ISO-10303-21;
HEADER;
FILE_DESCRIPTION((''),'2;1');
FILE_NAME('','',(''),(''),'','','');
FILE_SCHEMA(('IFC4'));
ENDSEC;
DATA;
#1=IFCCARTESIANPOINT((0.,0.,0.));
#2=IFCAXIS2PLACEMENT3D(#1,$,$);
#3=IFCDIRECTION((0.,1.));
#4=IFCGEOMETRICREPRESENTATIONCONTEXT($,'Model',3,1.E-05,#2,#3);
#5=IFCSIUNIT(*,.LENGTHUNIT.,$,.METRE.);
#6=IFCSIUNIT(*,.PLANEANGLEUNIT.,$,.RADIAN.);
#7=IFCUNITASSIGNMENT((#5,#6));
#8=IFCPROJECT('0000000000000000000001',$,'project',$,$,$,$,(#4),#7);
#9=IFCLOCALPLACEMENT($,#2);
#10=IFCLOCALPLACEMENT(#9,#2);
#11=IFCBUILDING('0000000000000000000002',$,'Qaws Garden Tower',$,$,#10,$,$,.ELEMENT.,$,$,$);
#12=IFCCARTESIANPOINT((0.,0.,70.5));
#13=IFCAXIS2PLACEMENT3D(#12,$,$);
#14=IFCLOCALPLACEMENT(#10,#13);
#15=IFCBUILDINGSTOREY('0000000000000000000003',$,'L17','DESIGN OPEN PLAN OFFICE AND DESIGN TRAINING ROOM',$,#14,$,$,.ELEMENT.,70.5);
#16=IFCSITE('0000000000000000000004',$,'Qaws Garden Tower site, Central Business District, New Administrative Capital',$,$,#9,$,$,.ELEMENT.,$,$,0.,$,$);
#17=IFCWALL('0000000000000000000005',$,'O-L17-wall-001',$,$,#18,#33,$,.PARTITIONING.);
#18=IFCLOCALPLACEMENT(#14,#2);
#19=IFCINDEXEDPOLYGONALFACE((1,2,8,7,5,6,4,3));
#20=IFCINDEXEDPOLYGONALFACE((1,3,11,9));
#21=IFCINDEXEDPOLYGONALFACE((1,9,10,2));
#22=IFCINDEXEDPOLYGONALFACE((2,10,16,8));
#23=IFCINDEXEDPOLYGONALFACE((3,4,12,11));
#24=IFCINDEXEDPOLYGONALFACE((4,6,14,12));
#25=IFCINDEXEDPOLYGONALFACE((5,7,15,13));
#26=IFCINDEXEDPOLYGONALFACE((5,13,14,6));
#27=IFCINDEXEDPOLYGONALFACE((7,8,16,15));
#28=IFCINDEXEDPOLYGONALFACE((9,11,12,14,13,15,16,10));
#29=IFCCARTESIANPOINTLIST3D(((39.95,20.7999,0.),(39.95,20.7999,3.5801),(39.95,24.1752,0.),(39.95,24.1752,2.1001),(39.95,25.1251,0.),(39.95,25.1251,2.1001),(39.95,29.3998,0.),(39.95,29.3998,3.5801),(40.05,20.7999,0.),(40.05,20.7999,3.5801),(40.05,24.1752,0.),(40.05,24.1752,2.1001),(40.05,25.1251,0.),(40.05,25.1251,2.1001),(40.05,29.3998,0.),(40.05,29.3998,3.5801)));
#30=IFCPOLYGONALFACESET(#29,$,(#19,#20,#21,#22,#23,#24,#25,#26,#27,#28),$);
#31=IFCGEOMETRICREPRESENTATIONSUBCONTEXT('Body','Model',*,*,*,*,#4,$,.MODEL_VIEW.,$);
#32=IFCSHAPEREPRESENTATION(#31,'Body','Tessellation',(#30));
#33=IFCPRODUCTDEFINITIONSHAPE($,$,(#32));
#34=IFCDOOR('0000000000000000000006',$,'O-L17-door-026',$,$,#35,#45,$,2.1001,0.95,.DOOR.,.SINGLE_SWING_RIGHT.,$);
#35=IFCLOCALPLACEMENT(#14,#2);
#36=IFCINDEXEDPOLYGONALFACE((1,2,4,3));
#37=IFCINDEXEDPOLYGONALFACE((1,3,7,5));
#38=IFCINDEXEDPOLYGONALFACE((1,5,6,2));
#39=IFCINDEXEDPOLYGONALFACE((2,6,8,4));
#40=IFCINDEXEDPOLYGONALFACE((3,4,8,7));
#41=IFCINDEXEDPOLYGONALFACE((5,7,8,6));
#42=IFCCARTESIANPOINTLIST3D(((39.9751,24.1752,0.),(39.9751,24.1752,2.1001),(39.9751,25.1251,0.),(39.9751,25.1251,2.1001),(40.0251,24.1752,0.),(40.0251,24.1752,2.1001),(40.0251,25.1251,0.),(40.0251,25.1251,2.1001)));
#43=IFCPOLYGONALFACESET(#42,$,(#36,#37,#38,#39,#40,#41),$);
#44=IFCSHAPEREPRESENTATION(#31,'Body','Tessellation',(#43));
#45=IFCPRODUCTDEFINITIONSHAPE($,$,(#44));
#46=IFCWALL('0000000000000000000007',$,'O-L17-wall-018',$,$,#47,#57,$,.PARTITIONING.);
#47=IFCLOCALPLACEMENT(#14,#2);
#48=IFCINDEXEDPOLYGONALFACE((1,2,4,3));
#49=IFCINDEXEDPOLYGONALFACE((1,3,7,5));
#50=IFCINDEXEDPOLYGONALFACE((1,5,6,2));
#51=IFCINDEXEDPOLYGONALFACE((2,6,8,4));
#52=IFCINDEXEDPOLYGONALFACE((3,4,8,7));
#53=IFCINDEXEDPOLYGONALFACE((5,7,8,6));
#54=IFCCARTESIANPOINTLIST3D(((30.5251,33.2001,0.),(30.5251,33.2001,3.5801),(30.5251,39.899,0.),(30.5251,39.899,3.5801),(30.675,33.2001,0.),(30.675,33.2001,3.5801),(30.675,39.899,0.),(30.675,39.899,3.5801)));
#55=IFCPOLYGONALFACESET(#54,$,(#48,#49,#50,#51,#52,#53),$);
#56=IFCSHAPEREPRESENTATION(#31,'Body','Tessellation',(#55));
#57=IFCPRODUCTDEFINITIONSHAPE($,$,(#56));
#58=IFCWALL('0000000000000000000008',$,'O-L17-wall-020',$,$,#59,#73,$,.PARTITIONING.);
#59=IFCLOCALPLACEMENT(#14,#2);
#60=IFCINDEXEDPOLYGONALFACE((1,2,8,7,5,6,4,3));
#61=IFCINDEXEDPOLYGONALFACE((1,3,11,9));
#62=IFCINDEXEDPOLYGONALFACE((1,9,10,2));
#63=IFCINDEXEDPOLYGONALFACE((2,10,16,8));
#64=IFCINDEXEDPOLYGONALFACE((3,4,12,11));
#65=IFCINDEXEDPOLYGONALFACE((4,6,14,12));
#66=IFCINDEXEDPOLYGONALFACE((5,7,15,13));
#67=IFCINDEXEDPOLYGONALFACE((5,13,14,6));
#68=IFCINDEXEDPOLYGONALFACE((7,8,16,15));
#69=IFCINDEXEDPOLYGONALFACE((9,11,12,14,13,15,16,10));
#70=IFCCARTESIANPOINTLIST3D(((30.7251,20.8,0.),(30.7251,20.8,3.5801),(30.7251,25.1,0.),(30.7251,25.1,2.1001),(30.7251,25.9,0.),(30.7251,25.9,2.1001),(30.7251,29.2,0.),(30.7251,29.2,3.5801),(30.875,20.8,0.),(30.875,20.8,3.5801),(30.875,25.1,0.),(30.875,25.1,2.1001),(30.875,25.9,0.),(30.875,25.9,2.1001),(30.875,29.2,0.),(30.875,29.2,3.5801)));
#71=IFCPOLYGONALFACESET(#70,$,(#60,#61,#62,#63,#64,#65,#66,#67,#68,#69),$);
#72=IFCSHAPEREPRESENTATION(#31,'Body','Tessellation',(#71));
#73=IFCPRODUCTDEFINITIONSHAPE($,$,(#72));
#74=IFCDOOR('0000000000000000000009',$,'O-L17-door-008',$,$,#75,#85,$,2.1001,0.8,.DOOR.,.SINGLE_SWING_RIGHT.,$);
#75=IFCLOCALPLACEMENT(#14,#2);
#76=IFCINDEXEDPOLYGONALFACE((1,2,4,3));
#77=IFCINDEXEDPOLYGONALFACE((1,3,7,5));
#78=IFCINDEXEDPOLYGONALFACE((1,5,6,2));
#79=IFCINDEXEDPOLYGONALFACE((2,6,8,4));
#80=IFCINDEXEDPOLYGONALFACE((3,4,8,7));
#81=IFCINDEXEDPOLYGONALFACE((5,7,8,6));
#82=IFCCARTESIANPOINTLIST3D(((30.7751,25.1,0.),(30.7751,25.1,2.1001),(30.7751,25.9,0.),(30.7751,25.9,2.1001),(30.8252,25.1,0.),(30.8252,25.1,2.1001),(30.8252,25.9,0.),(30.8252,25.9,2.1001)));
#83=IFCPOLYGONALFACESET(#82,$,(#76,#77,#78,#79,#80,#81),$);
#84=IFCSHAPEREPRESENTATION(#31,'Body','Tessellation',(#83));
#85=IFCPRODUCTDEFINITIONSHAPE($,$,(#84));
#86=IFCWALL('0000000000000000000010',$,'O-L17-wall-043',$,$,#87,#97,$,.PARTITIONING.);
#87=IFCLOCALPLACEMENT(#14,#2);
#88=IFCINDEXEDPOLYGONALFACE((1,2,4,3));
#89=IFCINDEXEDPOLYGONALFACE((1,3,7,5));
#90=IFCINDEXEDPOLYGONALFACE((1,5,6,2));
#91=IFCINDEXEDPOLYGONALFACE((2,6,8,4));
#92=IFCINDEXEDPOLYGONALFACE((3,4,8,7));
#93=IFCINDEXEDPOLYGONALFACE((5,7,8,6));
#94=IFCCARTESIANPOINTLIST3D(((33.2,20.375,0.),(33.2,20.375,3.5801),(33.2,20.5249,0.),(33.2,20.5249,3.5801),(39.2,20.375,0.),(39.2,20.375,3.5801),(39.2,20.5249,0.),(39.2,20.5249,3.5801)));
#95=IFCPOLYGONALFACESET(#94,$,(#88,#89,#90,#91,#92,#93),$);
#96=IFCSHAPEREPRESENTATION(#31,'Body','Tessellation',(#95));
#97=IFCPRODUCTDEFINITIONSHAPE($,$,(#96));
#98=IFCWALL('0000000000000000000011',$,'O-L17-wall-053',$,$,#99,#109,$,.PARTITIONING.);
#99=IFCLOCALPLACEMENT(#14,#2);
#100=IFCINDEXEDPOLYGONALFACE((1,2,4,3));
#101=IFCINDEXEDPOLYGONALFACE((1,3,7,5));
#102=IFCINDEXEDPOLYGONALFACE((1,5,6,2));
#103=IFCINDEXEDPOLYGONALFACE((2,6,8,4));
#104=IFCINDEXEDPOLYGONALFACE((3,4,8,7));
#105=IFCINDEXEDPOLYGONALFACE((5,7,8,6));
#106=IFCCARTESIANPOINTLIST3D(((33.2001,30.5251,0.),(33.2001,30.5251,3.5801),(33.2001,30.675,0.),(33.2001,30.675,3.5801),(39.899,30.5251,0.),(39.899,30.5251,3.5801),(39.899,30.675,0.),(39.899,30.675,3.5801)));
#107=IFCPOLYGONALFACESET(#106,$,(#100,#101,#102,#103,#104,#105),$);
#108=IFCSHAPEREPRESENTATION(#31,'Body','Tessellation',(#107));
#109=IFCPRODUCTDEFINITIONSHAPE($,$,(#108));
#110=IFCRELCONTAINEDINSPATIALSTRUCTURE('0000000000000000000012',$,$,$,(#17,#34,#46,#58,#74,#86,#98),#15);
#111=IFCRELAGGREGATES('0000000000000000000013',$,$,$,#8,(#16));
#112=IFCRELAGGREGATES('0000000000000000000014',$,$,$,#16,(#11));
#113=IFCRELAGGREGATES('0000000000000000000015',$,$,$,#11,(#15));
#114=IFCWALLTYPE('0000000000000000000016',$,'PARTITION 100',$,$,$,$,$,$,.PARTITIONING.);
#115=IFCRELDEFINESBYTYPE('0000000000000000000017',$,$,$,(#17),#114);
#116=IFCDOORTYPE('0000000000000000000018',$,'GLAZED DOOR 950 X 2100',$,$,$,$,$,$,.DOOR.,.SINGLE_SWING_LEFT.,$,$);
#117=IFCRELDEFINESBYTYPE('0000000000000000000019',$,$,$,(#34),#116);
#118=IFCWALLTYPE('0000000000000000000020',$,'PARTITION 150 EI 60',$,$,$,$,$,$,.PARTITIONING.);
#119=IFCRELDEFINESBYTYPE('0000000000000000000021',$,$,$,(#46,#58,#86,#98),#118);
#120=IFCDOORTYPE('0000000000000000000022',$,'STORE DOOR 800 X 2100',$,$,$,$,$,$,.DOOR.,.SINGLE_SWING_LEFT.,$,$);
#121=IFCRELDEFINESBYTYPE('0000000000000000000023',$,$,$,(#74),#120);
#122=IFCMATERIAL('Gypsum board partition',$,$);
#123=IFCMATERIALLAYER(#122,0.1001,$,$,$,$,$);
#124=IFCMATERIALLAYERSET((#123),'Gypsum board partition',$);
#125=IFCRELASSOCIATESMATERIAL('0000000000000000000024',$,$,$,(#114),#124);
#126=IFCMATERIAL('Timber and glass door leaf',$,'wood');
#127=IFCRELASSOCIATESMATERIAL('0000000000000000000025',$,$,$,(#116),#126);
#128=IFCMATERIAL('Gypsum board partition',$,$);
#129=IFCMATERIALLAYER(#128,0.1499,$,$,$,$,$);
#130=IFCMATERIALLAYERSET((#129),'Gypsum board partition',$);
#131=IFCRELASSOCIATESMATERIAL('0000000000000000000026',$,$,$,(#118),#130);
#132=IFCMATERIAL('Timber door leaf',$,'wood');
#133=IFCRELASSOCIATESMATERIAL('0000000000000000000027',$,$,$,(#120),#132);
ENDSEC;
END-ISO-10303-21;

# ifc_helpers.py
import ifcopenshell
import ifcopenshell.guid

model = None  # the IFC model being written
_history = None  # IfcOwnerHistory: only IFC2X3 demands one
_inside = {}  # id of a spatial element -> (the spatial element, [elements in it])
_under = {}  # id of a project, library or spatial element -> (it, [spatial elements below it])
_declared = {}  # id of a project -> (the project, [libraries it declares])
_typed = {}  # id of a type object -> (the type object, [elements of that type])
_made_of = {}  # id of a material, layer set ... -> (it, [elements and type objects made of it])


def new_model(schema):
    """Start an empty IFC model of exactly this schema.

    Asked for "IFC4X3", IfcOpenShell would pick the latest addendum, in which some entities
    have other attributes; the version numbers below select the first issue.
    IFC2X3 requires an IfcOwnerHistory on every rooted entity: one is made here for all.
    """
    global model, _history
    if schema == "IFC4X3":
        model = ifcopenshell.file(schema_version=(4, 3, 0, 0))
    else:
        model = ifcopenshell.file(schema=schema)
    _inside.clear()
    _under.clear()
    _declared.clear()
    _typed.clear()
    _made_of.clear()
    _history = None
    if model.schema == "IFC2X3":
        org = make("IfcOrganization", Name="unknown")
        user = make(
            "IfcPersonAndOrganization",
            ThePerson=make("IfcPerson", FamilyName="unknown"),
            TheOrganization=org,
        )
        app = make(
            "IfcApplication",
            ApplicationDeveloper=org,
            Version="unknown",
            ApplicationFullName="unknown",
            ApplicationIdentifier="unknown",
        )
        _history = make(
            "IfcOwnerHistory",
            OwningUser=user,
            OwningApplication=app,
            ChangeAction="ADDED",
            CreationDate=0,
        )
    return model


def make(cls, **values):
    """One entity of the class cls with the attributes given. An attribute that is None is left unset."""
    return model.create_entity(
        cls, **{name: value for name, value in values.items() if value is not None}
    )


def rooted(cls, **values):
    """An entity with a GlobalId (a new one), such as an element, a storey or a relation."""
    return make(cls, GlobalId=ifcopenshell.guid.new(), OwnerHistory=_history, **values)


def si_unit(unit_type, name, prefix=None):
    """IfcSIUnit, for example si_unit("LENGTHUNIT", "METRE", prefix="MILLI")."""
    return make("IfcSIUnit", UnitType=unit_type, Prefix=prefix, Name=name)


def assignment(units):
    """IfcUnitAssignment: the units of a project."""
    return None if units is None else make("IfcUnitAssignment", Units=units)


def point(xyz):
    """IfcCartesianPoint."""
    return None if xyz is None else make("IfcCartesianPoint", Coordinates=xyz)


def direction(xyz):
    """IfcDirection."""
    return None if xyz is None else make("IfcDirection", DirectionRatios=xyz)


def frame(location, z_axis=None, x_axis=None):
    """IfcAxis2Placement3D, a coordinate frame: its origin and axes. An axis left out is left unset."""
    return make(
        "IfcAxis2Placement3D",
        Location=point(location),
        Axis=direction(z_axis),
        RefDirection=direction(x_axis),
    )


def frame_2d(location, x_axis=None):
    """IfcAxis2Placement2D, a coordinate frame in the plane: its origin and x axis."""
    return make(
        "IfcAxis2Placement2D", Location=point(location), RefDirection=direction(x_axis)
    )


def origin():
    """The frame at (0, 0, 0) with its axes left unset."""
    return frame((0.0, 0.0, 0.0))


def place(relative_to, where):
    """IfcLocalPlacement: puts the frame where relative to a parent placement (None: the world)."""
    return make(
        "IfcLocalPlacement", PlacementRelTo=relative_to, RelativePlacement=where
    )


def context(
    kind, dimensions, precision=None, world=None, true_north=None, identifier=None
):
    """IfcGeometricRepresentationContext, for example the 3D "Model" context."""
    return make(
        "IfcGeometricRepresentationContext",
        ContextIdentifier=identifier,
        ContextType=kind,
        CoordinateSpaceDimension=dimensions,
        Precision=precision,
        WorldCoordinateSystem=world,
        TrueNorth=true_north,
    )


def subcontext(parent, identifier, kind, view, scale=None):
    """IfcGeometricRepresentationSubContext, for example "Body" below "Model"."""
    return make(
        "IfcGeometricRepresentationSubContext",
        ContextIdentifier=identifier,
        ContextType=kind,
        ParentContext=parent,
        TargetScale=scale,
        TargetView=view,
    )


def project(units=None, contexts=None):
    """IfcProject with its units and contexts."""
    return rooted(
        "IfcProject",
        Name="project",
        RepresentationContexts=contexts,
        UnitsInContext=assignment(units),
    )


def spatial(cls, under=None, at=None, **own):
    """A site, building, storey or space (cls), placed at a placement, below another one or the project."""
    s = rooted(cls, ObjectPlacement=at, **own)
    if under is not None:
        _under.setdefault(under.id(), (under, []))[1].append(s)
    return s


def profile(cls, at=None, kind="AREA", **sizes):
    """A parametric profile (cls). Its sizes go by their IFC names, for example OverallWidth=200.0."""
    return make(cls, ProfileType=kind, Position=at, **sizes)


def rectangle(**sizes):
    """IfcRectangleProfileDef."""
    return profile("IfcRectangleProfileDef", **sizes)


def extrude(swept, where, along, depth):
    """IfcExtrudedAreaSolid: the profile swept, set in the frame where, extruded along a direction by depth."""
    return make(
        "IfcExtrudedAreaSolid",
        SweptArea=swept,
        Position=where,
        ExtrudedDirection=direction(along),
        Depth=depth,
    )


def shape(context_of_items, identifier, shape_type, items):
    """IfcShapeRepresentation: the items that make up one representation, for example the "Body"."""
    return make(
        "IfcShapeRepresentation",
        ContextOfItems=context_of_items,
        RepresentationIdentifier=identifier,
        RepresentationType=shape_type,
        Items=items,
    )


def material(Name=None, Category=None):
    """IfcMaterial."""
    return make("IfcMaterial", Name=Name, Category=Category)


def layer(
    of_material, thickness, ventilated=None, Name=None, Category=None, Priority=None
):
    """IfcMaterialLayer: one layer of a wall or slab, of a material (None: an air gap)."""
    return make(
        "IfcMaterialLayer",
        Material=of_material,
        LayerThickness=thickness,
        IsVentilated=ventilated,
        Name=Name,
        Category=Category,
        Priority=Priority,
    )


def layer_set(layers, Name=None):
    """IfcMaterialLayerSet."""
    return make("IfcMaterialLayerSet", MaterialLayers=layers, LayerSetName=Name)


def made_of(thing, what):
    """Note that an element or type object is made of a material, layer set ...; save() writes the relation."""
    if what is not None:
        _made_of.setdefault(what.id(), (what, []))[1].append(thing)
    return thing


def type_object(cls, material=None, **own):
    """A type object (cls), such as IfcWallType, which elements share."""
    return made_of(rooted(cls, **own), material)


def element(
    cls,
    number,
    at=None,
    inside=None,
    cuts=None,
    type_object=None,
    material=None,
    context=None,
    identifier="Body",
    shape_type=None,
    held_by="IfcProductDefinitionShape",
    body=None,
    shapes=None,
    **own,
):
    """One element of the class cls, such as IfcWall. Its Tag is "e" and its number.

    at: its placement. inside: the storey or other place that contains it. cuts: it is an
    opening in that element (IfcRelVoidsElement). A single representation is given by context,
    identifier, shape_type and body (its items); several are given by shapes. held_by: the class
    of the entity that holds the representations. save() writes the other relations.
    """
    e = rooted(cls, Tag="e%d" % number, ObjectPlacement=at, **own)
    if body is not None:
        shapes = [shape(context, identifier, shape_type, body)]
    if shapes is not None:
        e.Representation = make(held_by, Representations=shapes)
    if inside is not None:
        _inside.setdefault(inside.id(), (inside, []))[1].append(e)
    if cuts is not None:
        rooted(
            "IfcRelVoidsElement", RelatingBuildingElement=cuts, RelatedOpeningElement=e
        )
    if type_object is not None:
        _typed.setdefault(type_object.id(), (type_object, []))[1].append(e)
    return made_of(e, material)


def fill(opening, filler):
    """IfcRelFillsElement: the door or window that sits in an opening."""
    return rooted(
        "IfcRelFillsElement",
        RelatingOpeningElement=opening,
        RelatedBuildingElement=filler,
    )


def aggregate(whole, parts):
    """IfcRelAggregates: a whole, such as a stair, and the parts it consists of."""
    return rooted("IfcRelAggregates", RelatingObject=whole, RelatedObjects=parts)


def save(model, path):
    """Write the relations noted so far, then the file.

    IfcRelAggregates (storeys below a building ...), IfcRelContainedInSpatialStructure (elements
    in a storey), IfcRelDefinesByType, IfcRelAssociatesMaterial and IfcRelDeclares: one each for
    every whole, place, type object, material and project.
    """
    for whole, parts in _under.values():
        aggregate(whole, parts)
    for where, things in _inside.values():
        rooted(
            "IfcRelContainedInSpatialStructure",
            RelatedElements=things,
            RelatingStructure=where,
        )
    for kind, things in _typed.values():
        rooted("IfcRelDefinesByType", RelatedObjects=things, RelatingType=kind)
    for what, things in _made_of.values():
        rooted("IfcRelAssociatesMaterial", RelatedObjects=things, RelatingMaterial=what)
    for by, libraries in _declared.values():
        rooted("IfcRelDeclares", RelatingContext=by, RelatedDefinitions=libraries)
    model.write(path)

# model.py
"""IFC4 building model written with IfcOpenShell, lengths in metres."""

from ifc_helpers import new_model, si_unit, direction, frame, frame_2d, origin, place, context, subcontext, project, spatial, rectangle, extrude, material, layer, layer_set, type_object, element, fill, save


model = new_model("IFC4")

# Units and contexts
model_context = context("Model", 3, precision=1e-05, world=origin(), true_north=direction((0.0, 1.0)))
body_context = subcontext(model_context, "Body", "Model", "MODEL_VIEW")
ifc_project = project(units=[si_unit("LENGTHUNIT", "METRE"), si_unit("PLANEANGLEUNIT", "RADIAN")], contexts=[model_context])

# Site, building, storey
site_placement = place(None, origin())
site = spatial("IfcSite", under=ifc_project, at=site_placement, Name="Qaws Garden Tower site, Central Business District, New Administrative Capital", CompositionType="ELEMENT", RefElevation=0.0)
building_placement = place(site_placement, origin())
building = spatial("IfcBuilding", under=site, at=building_placement, Name="Qaws Garden Tower", CompositionType="ELEMENT")
storey_placement = place(building_placement, frame((0.0, 0.0, 70.5)))
storey = spatial("IfcBuildingStorey", under=building, at=storey_placement, Name="L17", Description="DESIGN OPEN PLAN OFFICE AND DESIGN TRAINING ROOM", CompositionType="ELEMENT", Elevation=70.5)

# Wall, opening, door
ifc_material_1 = material(Name="Gypsum board partition")
ifc_layer_1 = layer(ifc_material_1, 0.1001)
ifc_layer_set_1 = layer_set([ifc_layer_1], Name="Gypsum board partition")
wall_type_1 = type_object("IfcWallType", Name="PARTITION 100", PredefinedType="PARTITIONING", material=ifc_layer_set_1)
wall_1_placement = place(storey_placement, frame((40.0, 20.8, 0.0), z_axis=(0.0, 0.0, 1.0), x_axis=(0.0, 1.0, 0.0)))
wall_1 = element("IfcWall", 1, at=wall_1_placement, inside=storey, type_object=wall_type_1, Name="O-L17-wall-001", PredefinedType="PARTITIONING", context=body_context, shape_type="SweptSolid", body=[
    extrude(rectangle(XDim=8.5999, YDim=0.1001, at=frame_2d((4.2998, 0.0))), origin(), (0.0, 0.0, 1.0), 3.5801),
])
opening_1_placement = place(wall_1_placement, frame((3.375, 0.0, 0.0)))
opening_1 = element("IfcOpeningElement", 2, at=opening_1_placement, cuts=wall_1, PredefinedType="OPENING", context=body_context, shape_type="SweptSolid", body=[
    extrude(rectangle(XDim=0.95, YDim=2.1001, at=frame_2d((0.4751, 1.05))), frame((0.0, 0.0601, 0.0), z_axis=(0.0, -1.0, 0.0), x_axis=(1.0, 0.0, 0.0)), (0.0, 0.0, 1.0), 0.1201),
])
ifc_material_2 = material(Name="Timber and glass door leaf", Category="wood")
door_type_1 = type_object("IfcDoorType", Name="GLAZED DOOR 950 X 2100", OperationType="SINGLE_SWING_LEFT", PredefinedType="DOOR", material=ifc_material_2)
door_1_placement = place(opening_1_placement, origin())
door_1 = element("IfcDoor", 3, at=door_1_placement, inside=storey, type_object=door_type_1, Name="O-L17-door-026", OperationType="SINGLE_SWING_RIGHT", OverallHeight=2.1001, OverallWidth=0.95, PredefinedType="DOOR", context=body_context, shape_type="SweptSolid", body=[
    extrude(rectangle(XDim=0.95, YDim=2.1001, at=frame_2d((0.4751, 1.05))), frame((0.0, 0.0249, 0.0), z_axis=(0.0, -1.0, 0.0), x_axis=(1.0, 0.0, 0.0)), (0.0, 0.0, 1.0), 0.05),
])
fill(opening_1, door_1)

# Wall
ifc_material_3 = material(Name="Gypsum board partition")
ifc_layer_2 = layer(ifc_material_3, 0.1499)
ifc_layer_set_2 = layer_set([ifc_layer_2], Name="Gypsum board partition")
wall_type_2 = type_object("IfcWallType", Name="PARTITION 150 EI 60", PredefinedType="PARTITIONING", material=ifc_layer_set_2)
wall_2_placement = place(storey_placement, frame((30.6001, 33.2, 0.0), z_axis=(0.0, 0.0, 1.0), x_axis=(0.0, 1.0, 0.0)))
element("IfcWall", 4, at=wall_2_placement, inside=storey, type_object=wall_type_2, Name="O-L17-wall-018", PredefinedType="PARTITIONING", context=body_context, shape_type="SweptSolid", body=[
    extrude(rectangle(XDim=6.699, YDim=0.1499, at=frame_2d((3.3496, 0.0))), origin(), (0.0, 0.0, 1.0), 3.5801),
])

# Wall, opening, door
wall_3_placement = place(storey_placement, frame((30.8, 20.8, 0.0), z_axis=(0.0, 0.0, 1.0), x_axis=(0.0, 1.0, 0.0)))
wall_3 = element("IfcWall", 5, at=wall_3_placement, inside=storey, type_object=wall_type_2, Name="O-L17-wall-020", PredefinedType="PARTITIONING", context=body_context, shape_type="SweptSolid", body=[
    extrude(rectangle(XDim=8.3999, YDim=0.1499, at=frame_2d((4.2, 0.0))), origin(), (0.0, 0.0, 1.0), 3.5801),
])
opening_2_placement = place(wall_3_placement, frame((4.3, 0.0, 0.0)))
opening_2 = element("IfcOpeningElement", 6, at=opening_2_placement, cuts=wall_3, PredefinedType="OPENING", context=body_context, shape_type="SweptSolid", body=[
    extrude(rectangle(XDim=0.8, YDim=2.1001, at=frame_2d((0.3999, 1.05))), frame((0.0, 0.085, 0.0), z_axis=(0.0, -1.0, 0.0), x_axis=(1.0, 0.0, 0.0)), (0.0, 0.0, 1.0), 0.1699),
])
ifc_material_4 = material(Name="Timber door leaf", Category="wood")
door_type_2 = type_object("IfcDoorType", Name="STORE DOOR 800 X 2100", OperationType="SINGLE_SWING_LEFT", PredefinedType="DOOR", material=ifc_material_4)
door_2_placement = place(opening_2_placement, origin())
door_2 = element("IfcDoor", 7, at=door_2_placement, inside=storey, type_object=door_type_2, Name="O-L17-door-008", OperationType="SINGLE_SWING_RIGHT", OverallHeight=2.1001, OverallWidth=0.8, PredefinedType="DOOR", context=body_context, shape_type="SweptSolid", body=[
    extrude(rectangle(XDim=0.8, YDim=2.1001, at=frame_2d((0.3999, 1.05))), frame((0.0, 0.0249, 0.0), z_axis=(0.0, -1.0, 0.0), x_axis=(1.0, 0.0, 0.0)), (0.0, 0.0, 1.0), 0.05),
])
fill(opening_2, door_2)

# Walls
wall_4_placement = place(storey_placement, frame((33.2, 20.45, 0.0), z_axis=(0.0, 0.0, 1.0), x_axis=(1.0, 0.0, 0.0)))
element("IfcWall", 8, at=wall_4_placement, inside=storey, type_object=wall_type_2, Name="O-L17-wall-043", PredefinedType="PARTITIONING", context=body_context, shape_type="SweptSolid", body=[
    extrude(rectangle(XDim=6.0, YDim=0.1499, at=frame_2d((3.0, 0.0))), origin(), (0.0, 0.0, 1.0), 3.5801),
])
wall_5_placement = place(storey_placement, frame((33.2, 30.6001, 0.0), z_axis=(0.0, 0.0, 1.0), x_axis=(1.0, 0.0, 0.0)))
element("IfcWall", 9, at=wall_5_placement, inside=storey, type_object=wall_type_2, Name="O-L17-wall-053", PredefinedType="PARTITIONING", context=body_context, shape_type="SweptSolid", body=[
    extrude(rectangle(XDim=6.699, YDim=0.1499, at=frame_2d((3.3496, 0.0))), origin(), (0.0, 0.0, 1.0), 3.5801),
])

save(model, "model.ifc")
